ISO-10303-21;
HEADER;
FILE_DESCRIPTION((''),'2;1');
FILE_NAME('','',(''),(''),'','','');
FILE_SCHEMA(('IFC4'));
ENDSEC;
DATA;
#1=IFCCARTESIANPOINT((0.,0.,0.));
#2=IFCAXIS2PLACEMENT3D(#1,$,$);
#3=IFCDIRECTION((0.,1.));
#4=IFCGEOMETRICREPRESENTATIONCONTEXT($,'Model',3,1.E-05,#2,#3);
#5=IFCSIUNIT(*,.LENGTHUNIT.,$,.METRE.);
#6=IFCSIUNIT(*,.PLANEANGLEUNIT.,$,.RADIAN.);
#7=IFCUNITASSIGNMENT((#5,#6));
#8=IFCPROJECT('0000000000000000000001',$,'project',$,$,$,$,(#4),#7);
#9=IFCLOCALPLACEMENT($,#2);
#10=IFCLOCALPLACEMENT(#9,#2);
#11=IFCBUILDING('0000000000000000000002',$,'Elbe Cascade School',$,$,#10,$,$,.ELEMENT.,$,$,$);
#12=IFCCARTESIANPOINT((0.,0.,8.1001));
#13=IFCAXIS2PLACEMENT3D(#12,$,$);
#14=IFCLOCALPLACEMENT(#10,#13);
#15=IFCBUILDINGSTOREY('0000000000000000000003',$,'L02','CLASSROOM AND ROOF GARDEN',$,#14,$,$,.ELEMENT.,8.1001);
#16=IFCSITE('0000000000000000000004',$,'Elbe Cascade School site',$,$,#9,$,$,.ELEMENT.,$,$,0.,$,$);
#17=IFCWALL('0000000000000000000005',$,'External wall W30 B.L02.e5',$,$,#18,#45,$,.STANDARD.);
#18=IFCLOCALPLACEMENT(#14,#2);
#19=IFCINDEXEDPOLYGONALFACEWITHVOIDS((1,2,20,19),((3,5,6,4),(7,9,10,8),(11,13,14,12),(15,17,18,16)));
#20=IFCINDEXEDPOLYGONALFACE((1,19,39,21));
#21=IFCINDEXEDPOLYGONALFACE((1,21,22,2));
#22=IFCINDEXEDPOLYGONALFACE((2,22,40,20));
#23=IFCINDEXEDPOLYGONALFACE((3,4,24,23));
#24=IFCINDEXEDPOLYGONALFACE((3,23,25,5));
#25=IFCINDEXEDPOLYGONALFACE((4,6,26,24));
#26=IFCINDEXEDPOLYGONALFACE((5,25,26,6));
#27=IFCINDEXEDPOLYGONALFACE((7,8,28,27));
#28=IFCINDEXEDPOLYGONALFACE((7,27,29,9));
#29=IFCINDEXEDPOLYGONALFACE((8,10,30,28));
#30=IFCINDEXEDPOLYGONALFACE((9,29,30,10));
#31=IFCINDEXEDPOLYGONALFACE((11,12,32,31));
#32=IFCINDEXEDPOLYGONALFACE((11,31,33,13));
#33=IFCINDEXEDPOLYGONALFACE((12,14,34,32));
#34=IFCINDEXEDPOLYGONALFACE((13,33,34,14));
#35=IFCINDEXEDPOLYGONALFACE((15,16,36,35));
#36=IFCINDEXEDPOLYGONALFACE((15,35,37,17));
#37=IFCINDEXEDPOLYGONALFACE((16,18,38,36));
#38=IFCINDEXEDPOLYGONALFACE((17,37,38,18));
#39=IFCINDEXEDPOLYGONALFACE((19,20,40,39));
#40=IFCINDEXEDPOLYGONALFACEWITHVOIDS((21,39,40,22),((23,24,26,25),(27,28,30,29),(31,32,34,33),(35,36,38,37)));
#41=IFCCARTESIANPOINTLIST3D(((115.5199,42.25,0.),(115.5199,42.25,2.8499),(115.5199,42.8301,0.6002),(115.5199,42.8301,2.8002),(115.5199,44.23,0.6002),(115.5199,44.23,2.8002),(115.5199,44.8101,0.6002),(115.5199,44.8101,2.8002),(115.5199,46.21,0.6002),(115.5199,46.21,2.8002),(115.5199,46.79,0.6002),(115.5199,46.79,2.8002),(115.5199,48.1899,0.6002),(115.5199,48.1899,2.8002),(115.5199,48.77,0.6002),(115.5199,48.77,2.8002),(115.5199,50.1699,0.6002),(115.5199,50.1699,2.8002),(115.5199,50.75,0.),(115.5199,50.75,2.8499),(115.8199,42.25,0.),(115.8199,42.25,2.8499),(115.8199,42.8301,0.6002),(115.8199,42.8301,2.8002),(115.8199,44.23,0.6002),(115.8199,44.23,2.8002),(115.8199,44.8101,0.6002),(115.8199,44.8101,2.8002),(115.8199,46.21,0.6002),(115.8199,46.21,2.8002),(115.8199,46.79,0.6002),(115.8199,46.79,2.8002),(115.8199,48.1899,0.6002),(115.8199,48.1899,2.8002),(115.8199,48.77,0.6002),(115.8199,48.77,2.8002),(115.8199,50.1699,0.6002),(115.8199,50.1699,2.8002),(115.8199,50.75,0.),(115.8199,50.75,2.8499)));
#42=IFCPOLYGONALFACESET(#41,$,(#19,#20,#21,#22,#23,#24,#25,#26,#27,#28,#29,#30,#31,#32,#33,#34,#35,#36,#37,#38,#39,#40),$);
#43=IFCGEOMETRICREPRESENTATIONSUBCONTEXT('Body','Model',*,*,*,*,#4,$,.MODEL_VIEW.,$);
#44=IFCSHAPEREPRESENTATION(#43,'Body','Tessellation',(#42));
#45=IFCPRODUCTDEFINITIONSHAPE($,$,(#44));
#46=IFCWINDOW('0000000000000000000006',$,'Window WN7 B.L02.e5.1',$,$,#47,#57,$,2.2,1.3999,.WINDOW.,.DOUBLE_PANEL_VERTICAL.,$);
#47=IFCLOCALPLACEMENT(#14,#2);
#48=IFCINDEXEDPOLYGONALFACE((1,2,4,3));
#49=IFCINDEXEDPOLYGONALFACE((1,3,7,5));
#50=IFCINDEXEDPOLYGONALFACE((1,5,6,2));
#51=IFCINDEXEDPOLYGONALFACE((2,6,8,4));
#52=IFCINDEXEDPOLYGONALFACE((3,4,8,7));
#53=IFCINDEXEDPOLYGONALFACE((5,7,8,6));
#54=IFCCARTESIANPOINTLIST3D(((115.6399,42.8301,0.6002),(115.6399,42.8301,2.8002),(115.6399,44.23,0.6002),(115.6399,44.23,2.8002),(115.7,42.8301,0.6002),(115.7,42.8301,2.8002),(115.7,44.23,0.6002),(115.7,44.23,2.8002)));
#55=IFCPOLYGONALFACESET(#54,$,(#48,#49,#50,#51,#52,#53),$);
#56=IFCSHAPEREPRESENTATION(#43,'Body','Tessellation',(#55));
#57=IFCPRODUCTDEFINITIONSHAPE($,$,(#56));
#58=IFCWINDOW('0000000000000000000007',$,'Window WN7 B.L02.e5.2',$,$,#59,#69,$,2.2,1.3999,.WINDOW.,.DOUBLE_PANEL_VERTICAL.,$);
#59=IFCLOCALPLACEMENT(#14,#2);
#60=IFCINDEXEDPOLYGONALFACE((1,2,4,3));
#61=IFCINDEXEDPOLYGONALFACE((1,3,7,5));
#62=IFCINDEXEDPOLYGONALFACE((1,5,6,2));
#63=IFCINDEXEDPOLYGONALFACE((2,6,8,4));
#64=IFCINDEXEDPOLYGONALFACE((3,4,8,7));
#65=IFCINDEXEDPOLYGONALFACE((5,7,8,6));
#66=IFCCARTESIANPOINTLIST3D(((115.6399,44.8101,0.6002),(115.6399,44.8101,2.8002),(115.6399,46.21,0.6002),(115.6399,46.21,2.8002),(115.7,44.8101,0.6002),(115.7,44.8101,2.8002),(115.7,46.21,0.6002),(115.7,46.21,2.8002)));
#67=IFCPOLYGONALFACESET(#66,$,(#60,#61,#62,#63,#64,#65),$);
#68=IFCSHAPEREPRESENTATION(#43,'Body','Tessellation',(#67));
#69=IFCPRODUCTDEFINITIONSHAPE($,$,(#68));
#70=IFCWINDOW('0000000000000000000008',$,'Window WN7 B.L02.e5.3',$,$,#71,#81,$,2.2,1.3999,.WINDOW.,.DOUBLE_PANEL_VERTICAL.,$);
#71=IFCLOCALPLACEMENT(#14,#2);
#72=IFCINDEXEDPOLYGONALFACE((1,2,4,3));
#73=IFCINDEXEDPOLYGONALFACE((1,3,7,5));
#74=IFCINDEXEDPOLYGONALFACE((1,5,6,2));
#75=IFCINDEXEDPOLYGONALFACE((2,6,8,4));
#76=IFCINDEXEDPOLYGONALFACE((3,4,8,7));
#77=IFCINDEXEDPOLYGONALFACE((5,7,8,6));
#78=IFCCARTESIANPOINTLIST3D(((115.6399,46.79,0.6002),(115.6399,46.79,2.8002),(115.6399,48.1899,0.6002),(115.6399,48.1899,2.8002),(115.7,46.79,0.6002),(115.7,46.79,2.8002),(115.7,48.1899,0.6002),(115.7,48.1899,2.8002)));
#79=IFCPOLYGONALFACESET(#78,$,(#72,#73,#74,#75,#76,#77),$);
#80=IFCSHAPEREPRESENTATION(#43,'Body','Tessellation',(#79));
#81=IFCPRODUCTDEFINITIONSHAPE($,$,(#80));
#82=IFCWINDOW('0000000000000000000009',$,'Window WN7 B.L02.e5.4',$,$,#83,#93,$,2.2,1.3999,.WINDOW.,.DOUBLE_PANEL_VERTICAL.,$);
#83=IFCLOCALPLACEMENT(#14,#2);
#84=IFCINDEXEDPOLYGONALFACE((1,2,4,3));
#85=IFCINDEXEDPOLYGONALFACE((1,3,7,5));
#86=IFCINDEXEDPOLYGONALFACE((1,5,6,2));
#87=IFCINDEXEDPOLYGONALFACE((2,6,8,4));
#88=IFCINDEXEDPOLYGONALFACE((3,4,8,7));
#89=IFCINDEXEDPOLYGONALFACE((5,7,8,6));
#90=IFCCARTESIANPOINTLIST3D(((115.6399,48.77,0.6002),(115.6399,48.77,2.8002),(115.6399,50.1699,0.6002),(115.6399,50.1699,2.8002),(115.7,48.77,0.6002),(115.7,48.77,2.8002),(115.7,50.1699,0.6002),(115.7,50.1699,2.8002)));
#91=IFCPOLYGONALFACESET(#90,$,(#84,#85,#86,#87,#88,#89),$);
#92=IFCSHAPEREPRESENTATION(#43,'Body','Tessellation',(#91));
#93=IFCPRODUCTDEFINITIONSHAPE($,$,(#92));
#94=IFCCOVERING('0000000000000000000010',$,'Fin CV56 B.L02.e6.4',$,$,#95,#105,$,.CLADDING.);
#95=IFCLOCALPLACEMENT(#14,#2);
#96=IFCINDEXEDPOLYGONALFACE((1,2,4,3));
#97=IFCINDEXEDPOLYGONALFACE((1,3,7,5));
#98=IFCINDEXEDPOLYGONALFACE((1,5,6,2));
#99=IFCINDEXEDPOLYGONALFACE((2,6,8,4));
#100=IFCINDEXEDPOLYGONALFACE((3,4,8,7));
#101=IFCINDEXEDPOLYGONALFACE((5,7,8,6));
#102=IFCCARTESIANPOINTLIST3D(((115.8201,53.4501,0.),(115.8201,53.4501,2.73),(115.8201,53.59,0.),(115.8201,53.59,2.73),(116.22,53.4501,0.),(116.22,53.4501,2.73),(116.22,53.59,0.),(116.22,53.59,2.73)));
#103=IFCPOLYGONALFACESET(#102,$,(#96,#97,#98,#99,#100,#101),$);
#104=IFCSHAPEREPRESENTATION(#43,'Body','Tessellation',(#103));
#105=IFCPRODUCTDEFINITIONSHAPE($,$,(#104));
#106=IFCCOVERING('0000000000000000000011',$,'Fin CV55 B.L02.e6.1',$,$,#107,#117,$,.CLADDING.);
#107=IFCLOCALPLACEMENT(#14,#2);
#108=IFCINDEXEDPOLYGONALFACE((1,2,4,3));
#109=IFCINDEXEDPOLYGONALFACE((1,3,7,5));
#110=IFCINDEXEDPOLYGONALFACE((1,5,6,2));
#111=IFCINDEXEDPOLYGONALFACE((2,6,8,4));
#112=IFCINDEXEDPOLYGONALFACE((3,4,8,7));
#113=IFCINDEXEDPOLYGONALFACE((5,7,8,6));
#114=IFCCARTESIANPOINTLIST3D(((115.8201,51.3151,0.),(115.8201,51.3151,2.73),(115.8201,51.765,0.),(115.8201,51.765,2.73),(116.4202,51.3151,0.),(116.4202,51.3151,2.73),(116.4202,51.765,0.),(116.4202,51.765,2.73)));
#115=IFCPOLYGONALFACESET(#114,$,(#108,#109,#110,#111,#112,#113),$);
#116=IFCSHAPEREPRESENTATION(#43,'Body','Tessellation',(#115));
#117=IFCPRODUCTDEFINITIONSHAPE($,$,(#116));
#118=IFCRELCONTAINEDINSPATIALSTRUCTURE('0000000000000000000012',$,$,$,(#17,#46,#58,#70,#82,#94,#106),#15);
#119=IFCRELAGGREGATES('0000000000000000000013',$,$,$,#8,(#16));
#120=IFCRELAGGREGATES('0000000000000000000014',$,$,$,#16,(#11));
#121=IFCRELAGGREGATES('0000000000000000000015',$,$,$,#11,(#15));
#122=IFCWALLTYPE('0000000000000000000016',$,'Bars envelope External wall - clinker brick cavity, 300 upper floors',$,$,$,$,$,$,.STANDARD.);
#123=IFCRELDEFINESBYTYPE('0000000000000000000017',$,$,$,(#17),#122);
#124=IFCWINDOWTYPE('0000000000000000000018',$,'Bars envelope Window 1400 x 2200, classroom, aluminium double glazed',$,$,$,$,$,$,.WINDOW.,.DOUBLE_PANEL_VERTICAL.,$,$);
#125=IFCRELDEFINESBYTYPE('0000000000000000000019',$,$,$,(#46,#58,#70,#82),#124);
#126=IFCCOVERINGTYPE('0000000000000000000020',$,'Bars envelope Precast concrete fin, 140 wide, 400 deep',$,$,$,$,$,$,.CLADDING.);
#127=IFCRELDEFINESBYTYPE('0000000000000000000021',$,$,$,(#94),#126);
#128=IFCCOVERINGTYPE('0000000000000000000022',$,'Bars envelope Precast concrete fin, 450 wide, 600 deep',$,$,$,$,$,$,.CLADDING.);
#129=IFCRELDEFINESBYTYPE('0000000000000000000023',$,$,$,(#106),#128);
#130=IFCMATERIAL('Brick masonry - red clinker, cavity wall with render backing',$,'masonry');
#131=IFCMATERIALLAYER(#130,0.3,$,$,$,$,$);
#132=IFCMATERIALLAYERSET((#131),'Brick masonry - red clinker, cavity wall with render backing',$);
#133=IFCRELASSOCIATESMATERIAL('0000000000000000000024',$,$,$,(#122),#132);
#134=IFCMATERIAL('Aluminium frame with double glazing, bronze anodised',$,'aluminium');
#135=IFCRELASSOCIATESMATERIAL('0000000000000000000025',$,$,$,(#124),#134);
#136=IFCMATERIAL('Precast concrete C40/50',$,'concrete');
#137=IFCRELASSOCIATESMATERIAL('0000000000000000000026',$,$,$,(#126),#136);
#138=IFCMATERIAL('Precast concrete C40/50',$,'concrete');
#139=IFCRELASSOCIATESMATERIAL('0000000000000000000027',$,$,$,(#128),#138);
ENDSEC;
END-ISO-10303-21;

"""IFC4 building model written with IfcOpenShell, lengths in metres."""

from ifc_helpers import new_model, si_unit, direction, frame, frame_2d, origin, origin_2d, place, context, subcontext, project, spatial, rectangle, extrude, material, layer, layer_set, type_object, element, fill, save


model = new_model("IFC4")

# Units and contexts
model_context = context("Model", 3, precision=1e-05, world=origin(), true_north=direction((0.0, 1.0)))
body_context = subcontext(model_context, "Body", "Model", "MODEL_VIEW")
ifc_project = project(units=[si_unit("LENGTHUNIT", "METRE"), si_unit("PLANEANGLEUNIT", "RADIAN")], contexts=[model_context])

# Site, building, storey
site_placement = place(None, origin())
site = spatial("IfcSite", under=ifc_project, at=site_placement, Name="Elbe Cascade School site", CompositionType="ELEMENT", RefElevation=0.0)
building_placement = place(site_placement, origin())
building = spatial("IfcBuilding", under=site, at=building_placement, Name="Elbe Cascade School", CompositionType="ELEMENT")
storey_placement = place(building_placement, frame((0.0, 0.0, 8.1001)))
storey = spatial("IfcBuildingStorey", under=building, at=storey_placement, Name="L02", Description="CLASSROOM AND ROOF GARDEN", CompositionType="ELEMENT", Elevation=8.1001)

# Wall, openings, windows
ifc_material_1 = material(Name="Brick masonry - red clinker, cavity wall with render backing", Category="masonry")
ifc_layer_1 = layer(ifc_material_1, 0.3)
ifc_layer_set_1 = layer_set([ifc_layer_1], Name="Brick masonry - red clinker, cavity wall with render backing")
wall_type_1 = type_object("IfcWallType", Name="Bars envelope External wall - clinker brick cavity, 300 upper floors", PredefinedType="STANDARD", material=ifc_layer_set_1)
wall_1_placement = place(storey_placement, frame((115.6699, 50.75, 0.0), z_axis=(0.0, 0.0, 1.0), x_axis=(0.0, -1.0, 0.0)))
wall_1 = element("IfcWall", 1, at=wall_1_placement, inside=storey, type_object=wall_type_1, Name="External wall W30 B.L02.e5", PredefinedType="STANDARD", context=body_context, shape_type="SweptSolid", body=[
    extrude(rectangle(XDim=8.5, YDim=0.3, at=frame_2d((4.25, 0.0))), origin(), (0.0, 0.0, 1.0), 2.8499),
])
opening_1_placement = place(wall_1_placement, frame((6.52, 0.0, 0.6001)))
opening_1 = element("IfcOpeningElement", 2, at=opening_1_placement, cuts=wall_1, PredefinedType="OPENING", context=body_context, shape_type="SweptSolid", body=[
    extrude(rectangle(XDim=1.3999, YDim=2.2, at=frame_2d((0.7, 1.1001))), frame((0.0, 0.1599, 0.0), z_axis=(0.0, -1.0, 0.0), x_axis=(1.0, 0.0, 0.0)), (0.0, 0.0, 1.0), 0.3201),
])
opening_2_placement = place(wall_1_placement, frame((4.54, 0.0, 0.6001)))
opening_2 = element("IfcOpeningElement", 3, at=opening_2_placement, cuts=wall_1, PredefinedType="OPENING", context=body_context, shape_type="SweptSolid", body=[
    extrude(rectangle(XDim=1.3999, YDim=2.2, at=frame_2d((0.7, 1.1001))), frame((0.0, 0.1599, 0.0), z_axis=(0.0, -1.0, 0.0), x_axis=(1.0, 0.0, 0.0)), (0.0, 0.0, 1.0), 0.3201),
])
opening_3_placement = place(wall_1_placement, frame((2.5601, 0.0, 0.6001)))
opening_3 = element("IfcOpeningElement", 4, at=opening_3_placement, cuts=wall_1, PredefinedType="OPENING", context=body_context, shape_type="SweptSolid", body=[
    extrude(rectangle(XDim=1.3999, YDim=2.2, at=frame_2d((0.7, 1.1001))), frame((0.0, 0.1599, 0.0), z_axis=(0.0, -1.0, 0.0), x_axis=(1.0, 0.0, 0.0)), (0.0, 0.0, 1.0), 0.3201),
])
opening_4_placement = place(wall_1_placement, frame((0.5801, 0.0, 0.6001)))
opening_4 = element("IfcOpeningElement", 5, at=opening_4_placement, cuts=wall_1, PredefinedType="OPENING", context=body_context, shape_type="SweptSolid", body=[
    extrude(rectangle(XDim=1.3999, YDim=2.2, at=frame_2d((0.7, 1.1001))), frame((0.0, 0.1599, 0.0), z_axis=(0.0, -1.0, 0.0), x_axis=(1.0, 0.0, 0.0)), (0.0, 0.0, 1.0), 0.3201),
])
ifc_material_2 = material(Name="Aluminium frame with double glazing, bronze anodised", Category="aluminium")
window_type = type_object("IfcWindowType", Name="Bars envelope Window 1400 x 2200, classroom, aluminium double glazed", PartitioningType="DOUBLE_PANEL_VERTICAL", PredefinedType="WINDOW", material=ifc_material_2)
window_1_placement = place(opening_1_placement, origin())
window_1 = element("IfcWindow", 6, at=window_1_placement, inside=storey, type_object=window_type, Name="Window WN7 B.L02.e5.1", OverallHeight=2.2, OverallWidth=1.3999, PartitioningType="DOUBLE_PANEL_VERTICAL", PredefinedType="WINDOW", context=body_context, shape_type="SweptSolid", body=[
    extrude(rectangle(XDim=1.3999, YDim=2.2, at=frame_2d((0.7, 1.1001))), frame((0.0, 0.03, 0.0), z_axis=(0.0, -1.0, 0.0), x_axis=(1.0, 0.0, 0.0)), (0.0, 0.0, 1.0), 0.0601),
])
fill(opening_1, window_1)
window_2_placement = place(opening_2_placement, origin())
window_2 = element("IfcWindow", 7, at=window_2_placement, inside=storey, type_object=window_type, Name="Window WN7 B.L02.e5.2", OverallHeight=2.2, OverallWidth=1.3999, PartitioningType="DOUBLE_PANEL_VERTICAL", PredefinedType="WINDOW", context=body_context, shape_type="SweptSolid", body=[
    extrude(rectangle(XDim=1.3999, YDim=2.2, at=frame_2d((0.7, 1.1001))), frame((0.0, 0.03, 0.0), z_axis=(0.0, -1.0, 0.0), x_axis=(1.0, 0.0, 0.0)), (0.0, 0.0, 1.0), 0.0601),
])
fill(opening_2, window_2)
window_3_placement = place(opening_3_placement, origin())
window_3 = element("IfcWindow", 8, at=window_3_placement, inside=storey, type_object=window_type, Name="Window WN7 B.L02.e5.3", OverallHeight=2.2, OverallWidth=1.3999, PartitioningType="DOUBLE_PANEL_VERTICAL", PredefinedType="WINDOW", context=body_context, shape_type="SweptSolid", body=[
    extrude(rectangle(XDim=1.3999, YDim=2.2, at=frame_2d((0.7, 1.1001))), frame((0.0, 0.03, 0.0), z_axis=(0.0, -1.0, 0.0), x_axis=(1.0, 0.0, 0.0)), (0.0, 0.0, 1.0), 0.0601),
])
fill(opening_3, window_3)
window_4_placement = place(opening_4_placement, origin())
window_4 = element("IfcWindow", 9, at=window_4_placement, inside=storey, type_object=window_type, Name="Window WN7 B.L02.e5.4", OverallHeight=2.2, OverallWidth=1.3999, PartitioningType="DOUBLE_PANEL_VERTICAL", PredefinedType="WINDOW", context=body_context, shape_type="SweptSolid", body=[
    extrude(rectangle(XDim=1.3999, YDim=2.2, at=frame_2d((0.7, 1.1001))), frame((0.0, 0.03, 0.0), z_axis=(0.0, -1.0, 0.0), x_axis=(1.0, 0.0, 0.0)), (0.0, 0.0, 1.0), 0.0601),
])
fill(opening_4, window_4)

# Coverings
ifc_material_3 = material(Name="Precast concrete C40/50", Category="concrete")
covering_type_1 = type_object("IfcCoveringType", Name="Bars envelope Precast concrete fin, 140 wide, 400 deep", PredefinedType="CLADDING", material=ifc_material_3)
covering_1_placement = place(storey_placement, frame((116.02, 53.52, 0.0), z_axis=(0.0, 0.0, 1.0), x_axis=(0.0, 1.0, 0.0)))
element("IfcCovering", 10, at=covering_1_placement, inside=storey, type_object=covering_type_1, Name="Fin CV56 B.L02.e6.4", PredefinedType="CLADDING", context=body_context, shape_type="SweptSolid", body=[
    extrude(rectangle(XDim=0.1399, YDim=0.3999, at=origin_2d()), origin(), (0.0, 0.0, 1.0), 2.73),
])
ifc_material_4 = material(Name="Precast concrete C40/50", Category="concrete")
covering_type_2 = type_object("IfcCoveringType", Name="Bars envelope Precast concrete fin, 450 wide, 600 deep", PredefinedType="CLADDING", material=ifc_material_4)
covering_2_placement = place(storey_placement, frame((116.1201, 51.54, 0.0), z_axis=(0.0, 0.0, 1.0), x_axis=(0.0, 1.0, 0.0)))
element("IfcCovering", 11, at=covering_2_placement, inside=storey, type_object=covering_type_2, Name="Fin CV55 B.L02.e6.1", PredefinedType="CLADDING", context=body_context, shape_type="SweptSolid", body=[
    extrude(rectangle(XDim=0.45, YDim=0.6001, at=origin_2d()), origin(), (0.0, 0.0, 1.0), 2.73),
])

save(model, "model.ifc")
